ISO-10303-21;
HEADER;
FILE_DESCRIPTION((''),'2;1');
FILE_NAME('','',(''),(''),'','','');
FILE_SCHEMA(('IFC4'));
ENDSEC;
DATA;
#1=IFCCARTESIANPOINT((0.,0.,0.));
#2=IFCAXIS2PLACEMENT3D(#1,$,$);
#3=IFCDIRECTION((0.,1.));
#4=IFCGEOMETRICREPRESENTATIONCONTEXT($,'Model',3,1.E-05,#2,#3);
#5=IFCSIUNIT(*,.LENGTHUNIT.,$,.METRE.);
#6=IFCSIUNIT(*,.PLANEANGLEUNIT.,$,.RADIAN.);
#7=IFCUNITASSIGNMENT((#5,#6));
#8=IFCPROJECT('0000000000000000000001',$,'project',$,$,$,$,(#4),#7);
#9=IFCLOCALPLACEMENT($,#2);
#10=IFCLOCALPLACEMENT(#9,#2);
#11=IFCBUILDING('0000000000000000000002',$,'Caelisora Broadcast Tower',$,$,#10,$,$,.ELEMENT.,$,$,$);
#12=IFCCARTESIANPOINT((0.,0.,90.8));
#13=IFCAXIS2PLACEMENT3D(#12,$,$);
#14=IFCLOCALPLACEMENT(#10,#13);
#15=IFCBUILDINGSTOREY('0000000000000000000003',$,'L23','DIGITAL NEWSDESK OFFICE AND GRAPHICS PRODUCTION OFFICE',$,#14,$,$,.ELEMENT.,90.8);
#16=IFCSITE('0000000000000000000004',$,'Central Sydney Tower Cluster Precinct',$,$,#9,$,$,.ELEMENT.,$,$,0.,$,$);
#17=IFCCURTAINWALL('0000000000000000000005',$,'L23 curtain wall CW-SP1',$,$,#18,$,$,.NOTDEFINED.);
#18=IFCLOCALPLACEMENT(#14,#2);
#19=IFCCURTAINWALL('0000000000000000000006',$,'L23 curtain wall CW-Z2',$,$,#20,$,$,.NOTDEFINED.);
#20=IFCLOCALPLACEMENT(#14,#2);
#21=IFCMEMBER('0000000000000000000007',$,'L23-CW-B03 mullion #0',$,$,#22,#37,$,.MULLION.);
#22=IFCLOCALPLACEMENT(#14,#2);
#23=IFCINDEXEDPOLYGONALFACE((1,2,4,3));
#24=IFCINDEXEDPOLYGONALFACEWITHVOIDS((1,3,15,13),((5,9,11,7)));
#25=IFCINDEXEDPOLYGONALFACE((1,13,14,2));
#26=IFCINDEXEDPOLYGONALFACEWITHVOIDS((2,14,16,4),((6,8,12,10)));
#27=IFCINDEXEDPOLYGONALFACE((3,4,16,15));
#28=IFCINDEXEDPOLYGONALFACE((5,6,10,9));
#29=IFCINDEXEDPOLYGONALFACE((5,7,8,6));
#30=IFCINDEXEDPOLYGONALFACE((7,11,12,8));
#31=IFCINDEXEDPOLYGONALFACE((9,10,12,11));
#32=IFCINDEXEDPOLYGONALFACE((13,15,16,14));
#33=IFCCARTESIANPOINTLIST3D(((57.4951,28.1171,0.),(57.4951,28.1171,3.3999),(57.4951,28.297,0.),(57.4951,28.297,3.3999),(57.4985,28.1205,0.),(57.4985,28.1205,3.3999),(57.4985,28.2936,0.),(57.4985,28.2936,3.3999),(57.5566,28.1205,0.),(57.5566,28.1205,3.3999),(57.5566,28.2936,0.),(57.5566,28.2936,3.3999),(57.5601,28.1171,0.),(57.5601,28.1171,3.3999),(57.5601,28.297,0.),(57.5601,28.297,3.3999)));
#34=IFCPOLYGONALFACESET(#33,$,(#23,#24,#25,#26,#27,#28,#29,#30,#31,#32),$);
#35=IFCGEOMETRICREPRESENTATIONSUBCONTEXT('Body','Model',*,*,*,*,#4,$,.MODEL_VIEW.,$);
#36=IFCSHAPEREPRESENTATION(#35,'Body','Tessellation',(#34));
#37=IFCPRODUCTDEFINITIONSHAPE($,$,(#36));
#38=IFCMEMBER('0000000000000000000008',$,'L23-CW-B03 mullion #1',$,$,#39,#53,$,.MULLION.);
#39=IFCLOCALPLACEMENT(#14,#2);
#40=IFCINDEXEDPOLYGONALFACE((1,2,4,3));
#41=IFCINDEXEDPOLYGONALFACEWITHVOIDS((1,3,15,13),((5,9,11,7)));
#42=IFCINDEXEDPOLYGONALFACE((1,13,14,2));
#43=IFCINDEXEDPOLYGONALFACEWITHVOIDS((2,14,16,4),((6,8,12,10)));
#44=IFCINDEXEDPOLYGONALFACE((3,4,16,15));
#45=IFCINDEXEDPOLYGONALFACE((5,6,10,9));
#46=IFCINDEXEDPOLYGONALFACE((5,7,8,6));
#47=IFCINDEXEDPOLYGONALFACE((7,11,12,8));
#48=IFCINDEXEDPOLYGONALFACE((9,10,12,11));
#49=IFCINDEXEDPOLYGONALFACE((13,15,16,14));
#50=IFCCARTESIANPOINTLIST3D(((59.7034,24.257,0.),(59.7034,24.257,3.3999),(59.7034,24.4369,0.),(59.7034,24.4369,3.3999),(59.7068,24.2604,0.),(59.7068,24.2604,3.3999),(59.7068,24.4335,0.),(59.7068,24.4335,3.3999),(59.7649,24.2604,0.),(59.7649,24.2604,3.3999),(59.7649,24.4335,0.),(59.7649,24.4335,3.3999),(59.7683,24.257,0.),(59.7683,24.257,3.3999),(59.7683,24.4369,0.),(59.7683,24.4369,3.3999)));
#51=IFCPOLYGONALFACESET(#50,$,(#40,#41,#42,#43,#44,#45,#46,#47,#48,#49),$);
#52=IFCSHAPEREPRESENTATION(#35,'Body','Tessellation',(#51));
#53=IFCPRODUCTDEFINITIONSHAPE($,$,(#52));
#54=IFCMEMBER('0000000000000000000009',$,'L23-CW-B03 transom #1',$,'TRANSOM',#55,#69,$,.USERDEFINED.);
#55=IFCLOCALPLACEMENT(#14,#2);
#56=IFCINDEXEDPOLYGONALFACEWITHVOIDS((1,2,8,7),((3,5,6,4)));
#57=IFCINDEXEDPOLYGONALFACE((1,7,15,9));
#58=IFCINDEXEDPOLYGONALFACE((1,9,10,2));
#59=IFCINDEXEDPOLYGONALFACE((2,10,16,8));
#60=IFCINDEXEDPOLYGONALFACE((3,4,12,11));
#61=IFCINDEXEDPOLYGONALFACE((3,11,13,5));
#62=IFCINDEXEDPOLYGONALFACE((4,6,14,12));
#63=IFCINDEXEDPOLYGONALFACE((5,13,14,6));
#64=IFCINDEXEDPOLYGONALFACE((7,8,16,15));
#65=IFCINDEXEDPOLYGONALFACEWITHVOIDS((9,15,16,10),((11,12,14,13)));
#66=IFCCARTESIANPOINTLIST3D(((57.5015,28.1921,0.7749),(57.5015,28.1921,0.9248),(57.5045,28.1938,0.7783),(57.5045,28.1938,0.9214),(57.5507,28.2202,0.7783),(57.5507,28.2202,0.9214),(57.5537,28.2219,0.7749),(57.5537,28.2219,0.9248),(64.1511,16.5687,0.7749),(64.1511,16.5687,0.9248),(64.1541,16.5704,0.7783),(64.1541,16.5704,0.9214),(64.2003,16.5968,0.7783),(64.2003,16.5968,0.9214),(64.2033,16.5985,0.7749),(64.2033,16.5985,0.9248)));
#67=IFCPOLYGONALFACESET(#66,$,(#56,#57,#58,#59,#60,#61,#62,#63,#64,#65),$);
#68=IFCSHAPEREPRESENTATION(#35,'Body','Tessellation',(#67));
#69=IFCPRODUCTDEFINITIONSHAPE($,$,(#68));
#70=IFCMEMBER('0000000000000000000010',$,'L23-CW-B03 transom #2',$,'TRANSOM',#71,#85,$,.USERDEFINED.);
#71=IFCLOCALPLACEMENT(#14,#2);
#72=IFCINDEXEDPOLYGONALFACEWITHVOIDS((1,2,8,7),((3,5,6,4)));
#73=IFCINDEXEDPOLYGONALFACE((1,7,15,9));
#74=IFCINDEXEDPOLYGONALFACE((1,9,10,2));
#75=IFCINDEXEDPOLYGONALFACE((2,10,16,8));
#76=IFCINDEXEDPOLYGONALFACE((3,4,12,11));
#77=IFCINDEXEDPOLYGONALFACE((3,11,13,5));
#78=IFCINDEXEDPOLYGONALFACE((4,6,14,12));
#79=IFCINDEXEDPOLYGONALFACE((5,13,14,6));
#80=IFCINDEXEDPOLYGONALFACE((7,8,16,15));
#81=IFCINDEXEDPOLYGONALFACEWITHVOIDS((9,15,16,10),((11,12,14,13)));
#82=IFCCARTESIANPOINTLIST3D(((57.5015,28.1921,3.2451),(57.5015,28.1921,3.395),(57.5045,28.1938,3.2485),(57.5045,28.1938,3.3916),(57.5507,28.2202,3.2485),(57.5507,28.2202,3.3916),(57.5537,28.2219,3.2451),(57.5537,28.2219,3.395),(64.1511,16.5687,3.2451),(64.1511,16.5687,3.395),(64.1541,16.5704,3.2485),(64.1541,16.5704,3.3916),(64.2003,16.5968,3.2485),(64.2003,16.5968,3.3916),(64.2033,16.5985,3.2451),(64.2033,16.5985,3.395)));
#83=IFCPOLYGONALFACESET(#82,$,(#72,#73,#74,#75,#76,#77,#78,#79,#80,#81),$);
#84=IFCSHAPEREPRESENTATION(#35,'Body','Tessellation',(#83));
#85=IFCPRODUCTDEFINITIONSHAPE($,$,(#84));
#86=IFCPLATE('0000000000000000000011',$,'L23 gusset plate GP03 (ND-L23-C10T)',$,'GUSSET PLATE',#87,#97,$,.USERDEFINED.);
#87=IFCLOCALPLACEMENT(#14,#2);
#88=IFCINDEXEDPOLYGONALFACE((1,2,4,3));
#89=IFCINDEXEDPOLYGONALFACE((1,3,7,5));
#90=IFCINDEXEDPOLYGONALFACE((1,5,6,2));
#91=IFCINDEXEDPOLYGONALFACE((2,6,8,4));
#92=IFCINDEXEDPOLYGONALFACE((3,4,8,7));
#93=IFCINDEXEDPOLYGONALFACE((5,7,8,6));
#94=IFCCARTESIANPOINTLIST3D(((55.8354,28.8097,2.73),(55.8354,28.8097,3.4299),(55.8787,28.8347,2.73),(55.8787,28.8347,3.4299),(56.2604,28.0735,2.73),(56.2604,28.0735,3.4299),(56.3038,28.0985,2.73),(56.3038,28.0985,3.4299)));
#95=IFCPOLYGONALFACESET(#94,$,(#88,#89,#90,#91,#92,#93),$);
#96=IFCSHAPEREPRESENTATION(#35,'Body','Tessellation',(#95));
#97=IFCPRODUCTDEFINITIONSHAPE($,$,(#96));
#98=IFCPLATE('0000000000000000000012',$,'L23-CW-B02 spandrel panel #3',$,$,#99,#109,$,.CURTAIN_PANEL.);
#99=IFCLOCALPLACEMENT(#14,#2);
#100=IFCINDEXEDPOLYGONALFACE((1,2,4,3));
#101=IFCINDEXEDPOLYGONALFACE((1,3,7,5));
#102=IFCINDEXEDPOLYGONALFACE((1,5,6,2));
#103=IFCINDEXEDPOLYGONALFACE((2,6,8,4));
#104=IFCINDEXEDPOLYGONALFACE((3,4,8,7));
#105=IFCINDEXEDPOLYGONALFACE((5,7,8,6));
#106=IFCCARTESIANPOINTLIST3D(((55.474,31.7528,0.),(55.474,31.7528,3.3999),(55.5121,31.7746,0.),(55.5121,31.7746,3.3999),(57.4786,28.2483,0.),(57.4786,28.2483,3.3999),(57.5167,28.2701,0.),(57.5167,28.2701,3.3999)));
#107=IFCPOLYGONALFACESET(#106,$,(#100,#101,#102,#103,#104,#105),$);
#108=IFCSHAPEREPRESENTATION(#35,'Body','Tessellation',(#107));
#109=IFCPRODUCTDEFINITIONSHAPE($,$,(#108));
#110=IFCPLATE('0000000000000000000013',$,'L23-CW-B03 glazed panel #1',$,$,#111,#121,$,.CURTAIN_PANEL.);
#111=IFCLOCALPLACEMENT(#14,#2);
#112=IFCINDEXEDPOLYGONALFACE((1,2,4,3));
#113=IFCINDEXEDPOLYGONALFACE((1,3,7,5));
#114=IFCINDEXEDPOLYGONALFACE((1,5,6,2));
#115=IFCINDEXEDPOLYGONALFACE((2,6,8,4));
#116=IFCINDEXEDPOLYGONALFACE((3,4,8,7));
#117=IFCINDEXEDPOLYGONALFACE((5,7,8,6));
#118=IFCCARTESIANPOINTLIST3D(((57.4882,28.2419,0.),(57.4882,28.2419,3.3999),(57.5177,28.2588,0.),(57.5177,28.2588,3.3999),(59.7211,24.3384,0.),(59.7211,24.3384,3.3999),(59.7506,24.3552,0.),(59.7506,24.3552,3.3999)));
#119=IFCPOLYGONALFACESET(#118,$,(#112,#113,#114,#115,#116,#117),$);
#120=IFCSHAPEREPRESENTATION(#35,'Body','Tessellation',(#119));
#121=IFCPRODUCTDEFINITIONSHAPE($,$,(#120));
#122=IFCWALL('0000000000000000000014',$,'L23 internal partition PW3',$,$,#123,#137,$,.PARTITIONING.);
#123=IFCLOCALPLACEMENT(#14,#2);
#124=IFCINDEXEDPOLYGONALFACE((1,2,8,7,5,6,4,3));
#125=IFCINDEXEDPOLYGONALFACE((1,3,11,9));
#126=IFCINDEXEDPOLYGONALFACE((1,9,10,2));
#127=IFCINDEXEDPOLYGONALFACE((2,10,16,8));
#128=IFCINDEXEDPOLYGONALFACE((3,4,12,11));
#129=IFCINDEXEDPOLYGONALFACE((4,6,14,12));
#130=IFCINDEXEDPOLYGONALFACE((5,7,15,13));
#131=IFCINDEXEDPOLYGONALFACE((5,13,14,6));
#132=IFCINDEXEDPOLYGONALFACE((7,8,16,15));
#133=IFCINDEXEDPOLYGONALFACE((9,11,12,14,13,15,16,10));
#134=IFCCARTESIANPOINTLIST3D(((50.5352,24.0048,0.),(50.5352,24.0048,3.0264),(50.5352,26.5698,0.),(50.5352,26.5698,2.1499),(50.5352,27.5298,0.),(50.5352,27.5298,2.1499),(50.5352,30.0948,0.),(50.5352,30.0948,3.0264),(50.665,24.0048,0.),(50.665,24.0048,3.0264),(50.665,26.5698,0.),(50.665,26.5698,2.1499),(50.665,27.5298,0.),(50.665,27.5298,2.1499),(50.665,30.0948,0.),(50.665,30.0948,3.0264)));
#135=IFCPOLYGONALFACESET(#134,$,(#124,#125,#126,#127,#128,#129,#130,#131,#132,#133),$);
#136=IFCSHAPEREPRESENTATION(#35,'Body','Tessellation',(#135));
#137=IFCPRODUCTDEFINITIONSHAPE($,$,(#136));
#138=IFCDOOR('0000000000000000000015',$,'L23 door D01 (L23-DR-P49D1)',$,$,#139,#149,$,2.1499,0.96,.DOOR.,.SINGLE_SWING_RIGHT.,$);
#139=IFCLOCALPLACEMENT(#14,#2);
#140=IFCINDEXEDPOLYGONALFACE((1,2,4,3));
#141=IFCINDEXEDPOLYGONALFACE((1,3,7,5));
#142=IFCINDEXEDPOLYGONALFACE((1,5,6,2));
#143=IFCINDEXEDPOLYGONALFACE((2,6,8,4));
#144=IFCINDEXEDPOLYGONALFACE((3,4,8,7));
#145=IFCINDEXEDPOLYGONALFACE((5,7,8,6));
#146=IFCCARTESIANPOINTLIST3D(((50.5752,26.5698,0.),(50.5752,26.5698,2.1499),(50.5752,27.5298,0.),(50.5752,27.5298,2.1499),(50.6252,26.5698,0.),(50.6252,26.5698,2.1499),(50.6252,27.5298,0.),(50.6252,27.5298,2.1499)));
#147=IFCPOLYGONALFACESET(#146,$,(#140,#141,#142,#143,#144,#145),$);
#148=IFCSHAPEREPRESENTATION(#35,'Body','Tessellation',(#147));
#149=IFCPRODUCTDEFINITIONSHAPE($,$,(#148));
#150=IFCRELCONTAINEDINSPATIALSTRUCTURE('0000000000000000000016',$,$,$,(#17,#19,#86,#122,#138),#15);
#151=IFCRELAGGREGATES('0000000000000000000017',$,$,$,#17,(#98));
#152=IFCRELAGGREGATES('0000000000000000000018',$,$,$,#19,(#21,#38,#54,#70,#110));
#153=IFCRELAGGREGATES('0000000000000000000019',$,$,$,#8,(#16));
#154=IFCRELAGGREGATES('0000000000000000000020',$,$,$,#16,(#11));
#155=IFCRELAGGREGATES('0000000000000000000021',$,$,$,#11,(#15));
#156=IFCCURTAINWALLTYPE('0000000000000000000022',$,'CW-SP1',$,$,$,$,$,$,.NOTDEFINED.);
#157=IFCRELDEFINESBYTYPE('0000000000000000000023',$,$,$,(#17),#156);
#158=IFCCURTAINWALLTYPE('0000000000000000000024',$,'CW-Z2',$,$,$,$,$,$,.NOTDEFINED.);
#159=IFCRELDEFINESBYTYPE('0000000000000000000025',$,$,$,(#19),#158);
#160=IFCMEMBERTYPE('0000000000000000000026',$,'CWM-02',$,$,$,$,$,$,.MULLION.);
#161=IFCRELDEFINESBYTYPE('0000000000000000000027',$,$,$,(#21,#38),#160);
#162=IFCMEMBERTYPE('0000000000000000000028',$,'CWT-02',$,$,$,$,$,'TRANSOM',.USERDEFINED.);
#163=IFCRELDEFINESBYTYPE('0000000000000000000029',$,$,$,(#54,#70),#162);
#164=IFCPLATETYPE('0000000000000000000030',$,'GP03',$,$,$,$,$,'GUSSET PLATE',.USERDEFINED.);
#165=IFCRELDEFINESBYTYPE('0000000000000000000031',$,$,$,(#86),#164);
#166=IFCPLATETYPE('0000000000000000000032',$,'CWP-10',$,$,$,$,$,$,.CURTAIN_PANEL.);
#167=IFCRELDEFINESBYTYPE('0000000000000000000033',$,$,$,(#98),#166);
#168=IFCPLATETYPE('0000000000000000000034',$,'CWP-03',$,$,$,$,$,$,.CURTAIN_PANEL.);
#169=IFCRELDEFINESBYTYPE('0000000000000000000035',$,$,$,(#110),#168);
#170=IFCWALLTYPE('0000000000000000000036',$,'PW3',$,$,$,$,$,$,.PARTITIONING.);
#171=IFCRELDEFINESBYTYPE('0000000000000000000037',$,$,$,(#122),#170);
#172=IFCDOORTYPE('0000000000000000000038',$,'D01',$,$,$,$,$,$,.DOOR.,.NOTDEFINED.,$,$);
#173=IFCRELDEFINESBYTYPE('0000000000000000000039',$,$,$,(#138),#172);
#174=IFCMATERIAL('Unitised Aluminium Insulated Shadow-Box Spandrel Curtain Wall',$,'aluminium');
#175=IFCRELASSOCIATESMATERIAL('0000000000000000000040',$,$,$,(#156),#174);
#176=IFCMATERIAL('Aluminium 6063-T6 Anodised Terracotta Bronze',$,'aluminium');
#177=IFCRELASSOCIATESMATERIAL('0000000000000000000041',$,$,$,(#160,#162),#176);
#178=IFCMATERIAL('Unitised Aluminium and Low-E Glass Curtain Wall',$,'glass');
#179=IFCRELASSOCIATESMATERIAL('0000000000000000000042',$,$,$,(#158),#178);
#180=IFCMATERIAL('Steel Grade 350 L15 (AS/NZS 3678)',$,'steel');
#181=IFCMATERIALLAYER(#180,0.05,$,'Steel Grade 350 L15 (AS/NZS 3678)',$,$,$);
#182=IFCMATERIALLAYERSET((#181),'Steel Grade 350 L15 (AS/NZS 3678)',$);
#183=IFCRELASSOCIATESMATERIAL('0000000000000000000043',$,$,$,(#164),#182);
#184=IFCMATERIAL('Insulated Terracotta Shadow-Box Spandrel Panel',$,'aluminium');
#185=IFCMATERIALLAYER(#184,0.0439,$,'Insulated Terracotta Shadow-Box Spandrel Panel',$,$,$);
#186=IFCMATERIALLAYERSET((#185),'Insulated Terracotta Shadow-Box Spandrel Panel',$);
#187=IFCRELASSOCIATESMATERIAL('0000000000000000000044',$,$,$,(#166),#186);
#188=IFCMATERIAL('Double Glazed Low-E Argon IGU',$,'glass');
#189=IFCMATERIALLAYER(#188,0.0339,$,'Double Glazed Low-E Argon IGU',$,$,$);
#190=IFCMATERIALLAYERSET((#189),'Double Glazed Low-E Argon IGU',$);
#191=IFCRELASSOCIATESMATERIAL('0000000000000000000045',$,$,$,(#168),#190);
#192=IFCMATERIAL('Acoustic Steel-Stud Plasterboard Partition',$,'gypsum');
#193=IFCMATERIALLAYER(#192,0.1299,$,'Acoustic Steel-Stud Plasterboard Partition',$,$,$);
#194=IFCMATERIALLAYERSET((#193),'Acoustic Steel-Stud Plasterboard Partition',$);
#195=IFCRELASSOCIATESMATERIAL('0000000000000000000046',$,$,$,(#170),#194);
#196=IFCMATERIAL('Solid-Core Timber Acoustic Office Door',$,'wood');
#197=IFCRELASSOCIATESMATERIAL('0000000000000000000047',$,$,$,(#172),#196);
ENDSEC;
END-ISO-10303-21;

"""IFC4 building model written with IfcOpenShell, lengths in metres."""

from ifc_helpers import new_model, si_unit, direction, frame, frame_2d, origin, origin_2d, place, context, subcontext, project, spatial, rectangle, hollow_rectangle, extrude, source, transform, mapped, material, layer, layer_set, material_profile, profile_set, type_object, type_shapes, element, fill, aggregate, save


model = new_model("IFC4")

# Units and contexts
model_context = context("Model", 3, precision=1e-05, world=origin(), true_north=direction((0.0, 1.0)))
body_context = subcontext(model_context, "Body", "Model", "MODEL_VIEW")
ifc_project = project(units=[si_unit("LENGTHUNIT", "METRE"), si_unit("PLANEANGLEUNIT", "RADIAN")], contexts=[model_context])

# Site, building, storey
site_placement = place(None, origin())
site = spatial("IfcSite", under=ifc_project, at=site_placement, Name="Central Sydney Tower Cluster Precinct", CompositionType="ELEMENT", RefElevation=0.0)
building_placement = place(site_placement, origin())
building = spatial("IfcBuilding", under=site, at=building_placement, Name="Caelisora Broadcast Tower", CompositionType="ELEMENT")
storey_placement = place(building_placement, frame((0.0, 0.0, 90.8)))
storey = spatial("IfcBuildingStorey", under=building, at=storey_placement, Name="L23", Description="DIGITAL NEWSDESK OFFICE AND GRAPHICS PRODUCTION OFFICE", CompositionType="ELEMENT", Elevation=90.8)

# Shared definitions
ifc_material_1 = material(Name="Steel Grade 350 L15 (AS/NZS 3678)", Category="steel")

# Curtain wall
ifc_material_2 = material(Name="Unitised Aluminium Insulated Shadow-Box Spandrel Curtain Wall", Category="aluminium")
curtain_wall_type_1 = type_object("IfcCurtainWallType", Name="CW-SP1", PredefinedType="NOTDEFINED", material=ifc_material_2)
curtain_wall_1_placement = place(storey_placement, origin())
curtain_wall_1 = element("IfcCurtainWall", 1, at=curtain_wall_1_placement, inside=storey, type_object=curtain_wall_type_1, Name="L23 curtain wall CW-SP1", PredefinedType="NOTDEFINED")
ifc_material_3 = material(Name="Aluminium 6063-T6 Anodised Terracotta Bronze", Category="aluminium")
ifc_material_profile_1 = material_profile(ifc_material_3, hollow_rectangle(XDim=0.0649, YDim=0.1799, WallThickness=0.0034, at=origin_2d()), Name="Aluminium 6063-T6 Anodised Terracotta Bronze")
ifc_profile_set_1 = profile_set([ifc_material_profile_1], Name="Aluminium 6063-T6 Anodised Terracotta Bronze")
member_type_1 = type_object("IfcMemberType", Name="CWM-02", PredefinedType="MULLION", material=ifc_profile_set_1)
shared_shape_1 = source(origin(), body_context, "Body", "SweptSolid", [
    extrude(hollow_rectangle(XDim=0.0649, YDim=0.1799, WallThickness=0.0034, at=origin_2d()), origin(), (0.0, 0.0, 1.0), 3.3999),
])
type_shapes(member_type_1, [shared_shape_1])

# Curtain wall, members
ifc_material_4 = material(Name="Unitised Aluminium and Low-E Glass Curtain Wall", Category="glass")
curtain_wall_type_2 = type_object("IfcCurtainWallType", Name="CW-Z2", PredefinedType="NOTDEFINED", material=ifc_material_4)
curtain_wall_2_placement = place(storey_placement, origin())
curtain_wall_2 = element("IfcCurtainWall", 2, at=curtain_wall_2_placement, inside=storey, type_object=curtain_wall_type_2, Name="L23 curtain wall CW-Z2", PredefinedType="NOTDEFINED")
member_1_placement = place(storey_placement, frame((57.5276, 28.207, 0.0), z_axis=(0.0, 0.0, 1.0), x_axis=(1.0, 0.0, 0.0)))
member_1 = element("IfcMember", 3, at=member_1_placement, type_object=member_type_1, Name="L23-CW-B03 mullion #0", PredefinedType="MULLION", context=body_context, shape_type="MappedRepresentation", body=[
    mapped(shared_shape_1, transform((0.0, 0.0, 0.0), scale=1.0)),
])
member_2_placement = place(storey_placement, frame((59.7358, 24.3469, 0.0), z_axis=(0.0, 0.0, 1.0), x_axis=(1.0, 0.0, 0.0)))
member_2 = element("IfcMember", 4, at=member_2_placement, type_object=member_type_1, Name="L23-CW-B03 mullion #1", PredefinedType="MULLION", context=body_context, shape_type="MappedRepresentation", body=[
    mapped(shared_shape_1, transform((0.0, 0.0, 0.0), scale=1.0)),
])
ifc_material_profile_2 = material_profile(ifc_material_3, hollow_rectangle(XDim=0.0601, YDim=0.1499, WallThickness=0.0034, at=origin_2d()), Name="Aluminium 6063-T6 Anodised Terracotta Bronze")
ifc_profile_set_2 = profile_set([ifc_material_profile_2], Name="Aluminium 6063-T6 Anodised Terracotta Bronze")
member_type_2 = type_object("IfcMemberType", Name="CWT-02", ElementType="TRANSOM", PredefinedType="USERDEFINED", material=ifc_profile_set_2)
shared_shape_2 = source(origin(), body_context, "Body", "SweptSolid", [
    extrude(hollow_rectangle(XDim=0.0601, YDim=0.1499, WallThickness=0.0034, at=origin_2d()), origin(), (0.0, 0.0, 1.0), 13.3911),
])
type_shapes(member_type_2, [shared_shape_2])
member_3_placement = place(storey_placement, frame((57.5276, 28.207, 0.8499), z_axis=(0.496569, -0.867997, 0.0), x_axis=(0.867997, 0.496569, 0.0)))
member_3 = element("IfcMember", 5, at=member_3_placement, type_object=member_type_2, Name="L23-CW-B03 transom #1", ObjectType="TRANSOM", PredefinedType="USERDEFINED", context=body_context, shape_type="MappedRepresentation", body=[
    mapped(shared_shape_2, transform((0.0, 0.0, 0.0), scale=1.0)),
])
member_4_placement = place(storey_placement, frame((57.5276, 28.207, 3.3201), z_axis=(0.496569, -0.867997, 0.0), x_axis=(0.867997, 0.496569, 0.0)))
member_4 = element("IfcMember", 6, at=member_4_placement, type_object=member_type_2, Name="L23-CW-B03 transom #2", ObjectType="TRANSOM", PredefinedType="USERDEFINED", context=body_context, shape_type="MappedRepresentation", body=[
    mapped(shared_shape_2, transform((0.0, 0.0, 0.0), scale=1.0)),
])

# Plates
ifc_layer_1 = layer(ifc_material_1, 0.05, Name="Steel Grade 350 L15 (AS/NZS 3678)")
ifc_layer_set_1 = layer_set([ifc_layer_1], Name="Steel Grade 350 L15 (AS/NZS 3678)")
plate_type_1 = type_object("IfcPlateType", Name="GP03", ElementType="GUSSET PLATE", PredefinedType="USERDEFINED", material=ifc_layer_set_1)
shared_shape_3 = source(origin(), body_context, "Body", "SweptSolid", [
    extrude(rectangle(XDim=0.8501, YDim=0.05, at=origin_2d()), origin(), (0.0, 0.0, 1.0), 0.7),
])
type_shapes(plate_type_1, [shared_shape_3])
plate_1_placement = place(storey_placement, frame((56.0696, 28.4541, 2.73), z_axis=(0.0, 0.0, 1.0), x_axis=(-0.5, 0.866025, 0.0)))
element("IfcPlate", 7, at=plate_1_placement, inside=storey, type_object=plate_type_1, Name="L23 gusset plate GP03 (ND-L23-C10T)", ObjectType="GUSSET PLATE", PredefinedType="USERDEFINED", context=body_context, shape_type="MappedRepresentation", body=[
    mapped(shared_shape_3, transform((0.0, 0.0, 0.0), scale=1.0)),
])
ifc_material_5 = material(Name="Insulated Terracotta Shadow-Box Spandrel Panel", Category="aluminium")
ifc_layer_2 = layer(ifc_material_5, 0.0439, Name="Insulated Terracotta Shadow-Box Spandrel Panel")
ifc_layer_set_2 = layer_set([ifc_layer_2], Name="Insulated Terracotta Shadow-Box Spandrel Panel")
plate_type_2 = type_object("IfcPlateType", Name="CWP-10", PredefinedType="CURTAIN_PANEL", material=ifc_layer_set_2)
shared_shape_4 = source(origin(), body_context, "Body", "SweptSolid", [
    extrude(rectangle(XDim=4.0374, YDim=0.0439, at=origin_2d()), origin(), (0.0, 0.0, 1.0), 3.3999),
])
type_shapes(plate_type_2, [shared_shape_4])
plate_2_placement = place(storey_placement, frame((56.4954, 30.0115, 0.0), z_axis=(0.0, 0.0, 1.0), x_axis=(0.49652, -0.868026, 0.0)))
plate_2 = element("IfcPlate", 8, at=plate_2_placement, type_object=plate_type_2, Name="L23-CW-B02 spandrel panel #3", PredefinedType="CURTAIN_PANEL", context=body_context, shape_type="MappedRepresentation", body=[
    mapped(shared_shape_4, transform((0.0, 0.0, 0.0), scale=1.0)),
])
aggregate(curtain_wall_1, [plate_2])
ifc_material_6 = material(Name="Double Glazed Low-E Argon IGU", Category="glass")
ifc_layer_3 = layer(ifc_material_6, 0.0339, Name="Double Glazed Low-E Argon IGU")
ifc_layer_set_3 = layer_set([ifc_layer_3], Name="Double Glazed Low-E Argon IGU")
plate_type_3 = type_object("IfcPlateType", Name="CWP-03", PredefinedType="CURTAIN_PANEL", material=ifc_layer_set_3)
shared_shape_5 = source(origin(), body_context, "Body", "SweptSolid", [
    extrude(rectangle(XDim=4.4971, YDim=0.0339, at=origin_2d()), origin(), (0.0, 0.0, 1.0), 3.3999),
])
type_shapes(plate_type_3, [shared_shape_5])
plate_3_placement = place(storey_placement, frame((58.6194, 26.2986, 0.0), z_axis=(0.0, 0.0, 1.0), x_axis=(0.49652, -0.868026, 0.0)))
plate_3 = element("IfcPlate", 9, at=plate_3_placement, type_object=plate_type_3, Name="L23-CW-B03 glazed panel #1", PredefinedType="CURTAIN_PANEL", context=body_context, shape_type="MappedRepresentation", body=[
    mapped(shared_shape_5, transform((0.0, 0.0, 0.0), scale=1.0)),
])
aggregate(curtain_wall_2, [member_1, member_2, member_3, member_4, plate_3])

# Wall, opening, door
ifc_material_7 = material(Name="Acoustic Steel-Stud Plasterboard Partition", Category="gypsum")
ifc_layer_4 = layer(ifc_material_7, 0.1299, Name="Acoustic Steel-Stud Plasterboard Partition")
ifc_layer_set_4 = layer_set([ifc_layer_4], Name="Acoustic Steel-Stud Plasterboard Partition")
wall_type = type_object("IfcWallType", Name="PW3", PredefinedType="PARTITIONING", material=ifc_layer_set_4)
wall_1_placement = place(storey_placement, frame((50.6001, 24.0049, 0.0), z_axis=(0.0, 0.0, 1.0), x_axis=(0.0, 1.0, 0.0)))
wall_1 = element("IfcWall", 10, at=wall_1_placement, inside=storey, type_object=wall_type, Name="L23 internal partition PW3", PredefinedType="PARTITIONING", context=body_context, shape_type="SweptSolid", body=[
    extrude(rectangle(XDim=6.0901, YDim=0.1299, at=frame_2d((3.0449, 0.0))), origin(), (0.0, 0.0, 1.0), 3.0264),
])
opening_1_placement = place(wall_1_placement, frame((2.5649, 0.0, 0.0)))
opening_1 = element("IfcOpeningElement", 11, at=opening_1_placement, cuts=wall_1, PredefinedType="OPENING", context=body_context, shape_type="SweptSolid", body=[
    extrude(rectangle(XDim=0.96, YDim=2.1499, at=frame_2d((0.48, 1.075))), frame((0.0, 0.0769, 0.0), z_axis=(0.0, -1.0, 0.0), x_axis=(1.0, 0.0, 0.0)), (0.0, 0.0, 1.0), 0.1538),
])
ifc_material_8 = material(Name="Solid-Core Timber Acoustic Office Door", Category="wood")
door_type = type_object("IfcDoorType", Name="D01", OperationType="NOTDEFINED", PredefinedType="DOOR", material=ifc_material_8)
door_1_placement = place(opening_1_placement, origin())
door_1 = element("IfcDoor", 12, at=door_1_placement, inside=storey, type_object=door_type, Name="L23 door D01 (L23-DR-P49D1)", OperationType="SINGLE_SWING_RIGHT", OverallHeight=2.1499, OverallWidth=0.96, PredefinedType="DOOR", context=body_context, shape_type="SweptSolid", body=[
    extrude(rectangle(XDim=0.96, YDim=2.1499, at=frame_2d((0.48, 1.075))), frame((0.0, 0.0249, 0.0), z_axis=(0.0, -1.0, 0.0), x_axis=(1.0, 0.0, 0.0)), (0.0, 0.0, 1.0), 0.05),
])
fill(opening_1, door_1)

save(model, "model.ifc")
